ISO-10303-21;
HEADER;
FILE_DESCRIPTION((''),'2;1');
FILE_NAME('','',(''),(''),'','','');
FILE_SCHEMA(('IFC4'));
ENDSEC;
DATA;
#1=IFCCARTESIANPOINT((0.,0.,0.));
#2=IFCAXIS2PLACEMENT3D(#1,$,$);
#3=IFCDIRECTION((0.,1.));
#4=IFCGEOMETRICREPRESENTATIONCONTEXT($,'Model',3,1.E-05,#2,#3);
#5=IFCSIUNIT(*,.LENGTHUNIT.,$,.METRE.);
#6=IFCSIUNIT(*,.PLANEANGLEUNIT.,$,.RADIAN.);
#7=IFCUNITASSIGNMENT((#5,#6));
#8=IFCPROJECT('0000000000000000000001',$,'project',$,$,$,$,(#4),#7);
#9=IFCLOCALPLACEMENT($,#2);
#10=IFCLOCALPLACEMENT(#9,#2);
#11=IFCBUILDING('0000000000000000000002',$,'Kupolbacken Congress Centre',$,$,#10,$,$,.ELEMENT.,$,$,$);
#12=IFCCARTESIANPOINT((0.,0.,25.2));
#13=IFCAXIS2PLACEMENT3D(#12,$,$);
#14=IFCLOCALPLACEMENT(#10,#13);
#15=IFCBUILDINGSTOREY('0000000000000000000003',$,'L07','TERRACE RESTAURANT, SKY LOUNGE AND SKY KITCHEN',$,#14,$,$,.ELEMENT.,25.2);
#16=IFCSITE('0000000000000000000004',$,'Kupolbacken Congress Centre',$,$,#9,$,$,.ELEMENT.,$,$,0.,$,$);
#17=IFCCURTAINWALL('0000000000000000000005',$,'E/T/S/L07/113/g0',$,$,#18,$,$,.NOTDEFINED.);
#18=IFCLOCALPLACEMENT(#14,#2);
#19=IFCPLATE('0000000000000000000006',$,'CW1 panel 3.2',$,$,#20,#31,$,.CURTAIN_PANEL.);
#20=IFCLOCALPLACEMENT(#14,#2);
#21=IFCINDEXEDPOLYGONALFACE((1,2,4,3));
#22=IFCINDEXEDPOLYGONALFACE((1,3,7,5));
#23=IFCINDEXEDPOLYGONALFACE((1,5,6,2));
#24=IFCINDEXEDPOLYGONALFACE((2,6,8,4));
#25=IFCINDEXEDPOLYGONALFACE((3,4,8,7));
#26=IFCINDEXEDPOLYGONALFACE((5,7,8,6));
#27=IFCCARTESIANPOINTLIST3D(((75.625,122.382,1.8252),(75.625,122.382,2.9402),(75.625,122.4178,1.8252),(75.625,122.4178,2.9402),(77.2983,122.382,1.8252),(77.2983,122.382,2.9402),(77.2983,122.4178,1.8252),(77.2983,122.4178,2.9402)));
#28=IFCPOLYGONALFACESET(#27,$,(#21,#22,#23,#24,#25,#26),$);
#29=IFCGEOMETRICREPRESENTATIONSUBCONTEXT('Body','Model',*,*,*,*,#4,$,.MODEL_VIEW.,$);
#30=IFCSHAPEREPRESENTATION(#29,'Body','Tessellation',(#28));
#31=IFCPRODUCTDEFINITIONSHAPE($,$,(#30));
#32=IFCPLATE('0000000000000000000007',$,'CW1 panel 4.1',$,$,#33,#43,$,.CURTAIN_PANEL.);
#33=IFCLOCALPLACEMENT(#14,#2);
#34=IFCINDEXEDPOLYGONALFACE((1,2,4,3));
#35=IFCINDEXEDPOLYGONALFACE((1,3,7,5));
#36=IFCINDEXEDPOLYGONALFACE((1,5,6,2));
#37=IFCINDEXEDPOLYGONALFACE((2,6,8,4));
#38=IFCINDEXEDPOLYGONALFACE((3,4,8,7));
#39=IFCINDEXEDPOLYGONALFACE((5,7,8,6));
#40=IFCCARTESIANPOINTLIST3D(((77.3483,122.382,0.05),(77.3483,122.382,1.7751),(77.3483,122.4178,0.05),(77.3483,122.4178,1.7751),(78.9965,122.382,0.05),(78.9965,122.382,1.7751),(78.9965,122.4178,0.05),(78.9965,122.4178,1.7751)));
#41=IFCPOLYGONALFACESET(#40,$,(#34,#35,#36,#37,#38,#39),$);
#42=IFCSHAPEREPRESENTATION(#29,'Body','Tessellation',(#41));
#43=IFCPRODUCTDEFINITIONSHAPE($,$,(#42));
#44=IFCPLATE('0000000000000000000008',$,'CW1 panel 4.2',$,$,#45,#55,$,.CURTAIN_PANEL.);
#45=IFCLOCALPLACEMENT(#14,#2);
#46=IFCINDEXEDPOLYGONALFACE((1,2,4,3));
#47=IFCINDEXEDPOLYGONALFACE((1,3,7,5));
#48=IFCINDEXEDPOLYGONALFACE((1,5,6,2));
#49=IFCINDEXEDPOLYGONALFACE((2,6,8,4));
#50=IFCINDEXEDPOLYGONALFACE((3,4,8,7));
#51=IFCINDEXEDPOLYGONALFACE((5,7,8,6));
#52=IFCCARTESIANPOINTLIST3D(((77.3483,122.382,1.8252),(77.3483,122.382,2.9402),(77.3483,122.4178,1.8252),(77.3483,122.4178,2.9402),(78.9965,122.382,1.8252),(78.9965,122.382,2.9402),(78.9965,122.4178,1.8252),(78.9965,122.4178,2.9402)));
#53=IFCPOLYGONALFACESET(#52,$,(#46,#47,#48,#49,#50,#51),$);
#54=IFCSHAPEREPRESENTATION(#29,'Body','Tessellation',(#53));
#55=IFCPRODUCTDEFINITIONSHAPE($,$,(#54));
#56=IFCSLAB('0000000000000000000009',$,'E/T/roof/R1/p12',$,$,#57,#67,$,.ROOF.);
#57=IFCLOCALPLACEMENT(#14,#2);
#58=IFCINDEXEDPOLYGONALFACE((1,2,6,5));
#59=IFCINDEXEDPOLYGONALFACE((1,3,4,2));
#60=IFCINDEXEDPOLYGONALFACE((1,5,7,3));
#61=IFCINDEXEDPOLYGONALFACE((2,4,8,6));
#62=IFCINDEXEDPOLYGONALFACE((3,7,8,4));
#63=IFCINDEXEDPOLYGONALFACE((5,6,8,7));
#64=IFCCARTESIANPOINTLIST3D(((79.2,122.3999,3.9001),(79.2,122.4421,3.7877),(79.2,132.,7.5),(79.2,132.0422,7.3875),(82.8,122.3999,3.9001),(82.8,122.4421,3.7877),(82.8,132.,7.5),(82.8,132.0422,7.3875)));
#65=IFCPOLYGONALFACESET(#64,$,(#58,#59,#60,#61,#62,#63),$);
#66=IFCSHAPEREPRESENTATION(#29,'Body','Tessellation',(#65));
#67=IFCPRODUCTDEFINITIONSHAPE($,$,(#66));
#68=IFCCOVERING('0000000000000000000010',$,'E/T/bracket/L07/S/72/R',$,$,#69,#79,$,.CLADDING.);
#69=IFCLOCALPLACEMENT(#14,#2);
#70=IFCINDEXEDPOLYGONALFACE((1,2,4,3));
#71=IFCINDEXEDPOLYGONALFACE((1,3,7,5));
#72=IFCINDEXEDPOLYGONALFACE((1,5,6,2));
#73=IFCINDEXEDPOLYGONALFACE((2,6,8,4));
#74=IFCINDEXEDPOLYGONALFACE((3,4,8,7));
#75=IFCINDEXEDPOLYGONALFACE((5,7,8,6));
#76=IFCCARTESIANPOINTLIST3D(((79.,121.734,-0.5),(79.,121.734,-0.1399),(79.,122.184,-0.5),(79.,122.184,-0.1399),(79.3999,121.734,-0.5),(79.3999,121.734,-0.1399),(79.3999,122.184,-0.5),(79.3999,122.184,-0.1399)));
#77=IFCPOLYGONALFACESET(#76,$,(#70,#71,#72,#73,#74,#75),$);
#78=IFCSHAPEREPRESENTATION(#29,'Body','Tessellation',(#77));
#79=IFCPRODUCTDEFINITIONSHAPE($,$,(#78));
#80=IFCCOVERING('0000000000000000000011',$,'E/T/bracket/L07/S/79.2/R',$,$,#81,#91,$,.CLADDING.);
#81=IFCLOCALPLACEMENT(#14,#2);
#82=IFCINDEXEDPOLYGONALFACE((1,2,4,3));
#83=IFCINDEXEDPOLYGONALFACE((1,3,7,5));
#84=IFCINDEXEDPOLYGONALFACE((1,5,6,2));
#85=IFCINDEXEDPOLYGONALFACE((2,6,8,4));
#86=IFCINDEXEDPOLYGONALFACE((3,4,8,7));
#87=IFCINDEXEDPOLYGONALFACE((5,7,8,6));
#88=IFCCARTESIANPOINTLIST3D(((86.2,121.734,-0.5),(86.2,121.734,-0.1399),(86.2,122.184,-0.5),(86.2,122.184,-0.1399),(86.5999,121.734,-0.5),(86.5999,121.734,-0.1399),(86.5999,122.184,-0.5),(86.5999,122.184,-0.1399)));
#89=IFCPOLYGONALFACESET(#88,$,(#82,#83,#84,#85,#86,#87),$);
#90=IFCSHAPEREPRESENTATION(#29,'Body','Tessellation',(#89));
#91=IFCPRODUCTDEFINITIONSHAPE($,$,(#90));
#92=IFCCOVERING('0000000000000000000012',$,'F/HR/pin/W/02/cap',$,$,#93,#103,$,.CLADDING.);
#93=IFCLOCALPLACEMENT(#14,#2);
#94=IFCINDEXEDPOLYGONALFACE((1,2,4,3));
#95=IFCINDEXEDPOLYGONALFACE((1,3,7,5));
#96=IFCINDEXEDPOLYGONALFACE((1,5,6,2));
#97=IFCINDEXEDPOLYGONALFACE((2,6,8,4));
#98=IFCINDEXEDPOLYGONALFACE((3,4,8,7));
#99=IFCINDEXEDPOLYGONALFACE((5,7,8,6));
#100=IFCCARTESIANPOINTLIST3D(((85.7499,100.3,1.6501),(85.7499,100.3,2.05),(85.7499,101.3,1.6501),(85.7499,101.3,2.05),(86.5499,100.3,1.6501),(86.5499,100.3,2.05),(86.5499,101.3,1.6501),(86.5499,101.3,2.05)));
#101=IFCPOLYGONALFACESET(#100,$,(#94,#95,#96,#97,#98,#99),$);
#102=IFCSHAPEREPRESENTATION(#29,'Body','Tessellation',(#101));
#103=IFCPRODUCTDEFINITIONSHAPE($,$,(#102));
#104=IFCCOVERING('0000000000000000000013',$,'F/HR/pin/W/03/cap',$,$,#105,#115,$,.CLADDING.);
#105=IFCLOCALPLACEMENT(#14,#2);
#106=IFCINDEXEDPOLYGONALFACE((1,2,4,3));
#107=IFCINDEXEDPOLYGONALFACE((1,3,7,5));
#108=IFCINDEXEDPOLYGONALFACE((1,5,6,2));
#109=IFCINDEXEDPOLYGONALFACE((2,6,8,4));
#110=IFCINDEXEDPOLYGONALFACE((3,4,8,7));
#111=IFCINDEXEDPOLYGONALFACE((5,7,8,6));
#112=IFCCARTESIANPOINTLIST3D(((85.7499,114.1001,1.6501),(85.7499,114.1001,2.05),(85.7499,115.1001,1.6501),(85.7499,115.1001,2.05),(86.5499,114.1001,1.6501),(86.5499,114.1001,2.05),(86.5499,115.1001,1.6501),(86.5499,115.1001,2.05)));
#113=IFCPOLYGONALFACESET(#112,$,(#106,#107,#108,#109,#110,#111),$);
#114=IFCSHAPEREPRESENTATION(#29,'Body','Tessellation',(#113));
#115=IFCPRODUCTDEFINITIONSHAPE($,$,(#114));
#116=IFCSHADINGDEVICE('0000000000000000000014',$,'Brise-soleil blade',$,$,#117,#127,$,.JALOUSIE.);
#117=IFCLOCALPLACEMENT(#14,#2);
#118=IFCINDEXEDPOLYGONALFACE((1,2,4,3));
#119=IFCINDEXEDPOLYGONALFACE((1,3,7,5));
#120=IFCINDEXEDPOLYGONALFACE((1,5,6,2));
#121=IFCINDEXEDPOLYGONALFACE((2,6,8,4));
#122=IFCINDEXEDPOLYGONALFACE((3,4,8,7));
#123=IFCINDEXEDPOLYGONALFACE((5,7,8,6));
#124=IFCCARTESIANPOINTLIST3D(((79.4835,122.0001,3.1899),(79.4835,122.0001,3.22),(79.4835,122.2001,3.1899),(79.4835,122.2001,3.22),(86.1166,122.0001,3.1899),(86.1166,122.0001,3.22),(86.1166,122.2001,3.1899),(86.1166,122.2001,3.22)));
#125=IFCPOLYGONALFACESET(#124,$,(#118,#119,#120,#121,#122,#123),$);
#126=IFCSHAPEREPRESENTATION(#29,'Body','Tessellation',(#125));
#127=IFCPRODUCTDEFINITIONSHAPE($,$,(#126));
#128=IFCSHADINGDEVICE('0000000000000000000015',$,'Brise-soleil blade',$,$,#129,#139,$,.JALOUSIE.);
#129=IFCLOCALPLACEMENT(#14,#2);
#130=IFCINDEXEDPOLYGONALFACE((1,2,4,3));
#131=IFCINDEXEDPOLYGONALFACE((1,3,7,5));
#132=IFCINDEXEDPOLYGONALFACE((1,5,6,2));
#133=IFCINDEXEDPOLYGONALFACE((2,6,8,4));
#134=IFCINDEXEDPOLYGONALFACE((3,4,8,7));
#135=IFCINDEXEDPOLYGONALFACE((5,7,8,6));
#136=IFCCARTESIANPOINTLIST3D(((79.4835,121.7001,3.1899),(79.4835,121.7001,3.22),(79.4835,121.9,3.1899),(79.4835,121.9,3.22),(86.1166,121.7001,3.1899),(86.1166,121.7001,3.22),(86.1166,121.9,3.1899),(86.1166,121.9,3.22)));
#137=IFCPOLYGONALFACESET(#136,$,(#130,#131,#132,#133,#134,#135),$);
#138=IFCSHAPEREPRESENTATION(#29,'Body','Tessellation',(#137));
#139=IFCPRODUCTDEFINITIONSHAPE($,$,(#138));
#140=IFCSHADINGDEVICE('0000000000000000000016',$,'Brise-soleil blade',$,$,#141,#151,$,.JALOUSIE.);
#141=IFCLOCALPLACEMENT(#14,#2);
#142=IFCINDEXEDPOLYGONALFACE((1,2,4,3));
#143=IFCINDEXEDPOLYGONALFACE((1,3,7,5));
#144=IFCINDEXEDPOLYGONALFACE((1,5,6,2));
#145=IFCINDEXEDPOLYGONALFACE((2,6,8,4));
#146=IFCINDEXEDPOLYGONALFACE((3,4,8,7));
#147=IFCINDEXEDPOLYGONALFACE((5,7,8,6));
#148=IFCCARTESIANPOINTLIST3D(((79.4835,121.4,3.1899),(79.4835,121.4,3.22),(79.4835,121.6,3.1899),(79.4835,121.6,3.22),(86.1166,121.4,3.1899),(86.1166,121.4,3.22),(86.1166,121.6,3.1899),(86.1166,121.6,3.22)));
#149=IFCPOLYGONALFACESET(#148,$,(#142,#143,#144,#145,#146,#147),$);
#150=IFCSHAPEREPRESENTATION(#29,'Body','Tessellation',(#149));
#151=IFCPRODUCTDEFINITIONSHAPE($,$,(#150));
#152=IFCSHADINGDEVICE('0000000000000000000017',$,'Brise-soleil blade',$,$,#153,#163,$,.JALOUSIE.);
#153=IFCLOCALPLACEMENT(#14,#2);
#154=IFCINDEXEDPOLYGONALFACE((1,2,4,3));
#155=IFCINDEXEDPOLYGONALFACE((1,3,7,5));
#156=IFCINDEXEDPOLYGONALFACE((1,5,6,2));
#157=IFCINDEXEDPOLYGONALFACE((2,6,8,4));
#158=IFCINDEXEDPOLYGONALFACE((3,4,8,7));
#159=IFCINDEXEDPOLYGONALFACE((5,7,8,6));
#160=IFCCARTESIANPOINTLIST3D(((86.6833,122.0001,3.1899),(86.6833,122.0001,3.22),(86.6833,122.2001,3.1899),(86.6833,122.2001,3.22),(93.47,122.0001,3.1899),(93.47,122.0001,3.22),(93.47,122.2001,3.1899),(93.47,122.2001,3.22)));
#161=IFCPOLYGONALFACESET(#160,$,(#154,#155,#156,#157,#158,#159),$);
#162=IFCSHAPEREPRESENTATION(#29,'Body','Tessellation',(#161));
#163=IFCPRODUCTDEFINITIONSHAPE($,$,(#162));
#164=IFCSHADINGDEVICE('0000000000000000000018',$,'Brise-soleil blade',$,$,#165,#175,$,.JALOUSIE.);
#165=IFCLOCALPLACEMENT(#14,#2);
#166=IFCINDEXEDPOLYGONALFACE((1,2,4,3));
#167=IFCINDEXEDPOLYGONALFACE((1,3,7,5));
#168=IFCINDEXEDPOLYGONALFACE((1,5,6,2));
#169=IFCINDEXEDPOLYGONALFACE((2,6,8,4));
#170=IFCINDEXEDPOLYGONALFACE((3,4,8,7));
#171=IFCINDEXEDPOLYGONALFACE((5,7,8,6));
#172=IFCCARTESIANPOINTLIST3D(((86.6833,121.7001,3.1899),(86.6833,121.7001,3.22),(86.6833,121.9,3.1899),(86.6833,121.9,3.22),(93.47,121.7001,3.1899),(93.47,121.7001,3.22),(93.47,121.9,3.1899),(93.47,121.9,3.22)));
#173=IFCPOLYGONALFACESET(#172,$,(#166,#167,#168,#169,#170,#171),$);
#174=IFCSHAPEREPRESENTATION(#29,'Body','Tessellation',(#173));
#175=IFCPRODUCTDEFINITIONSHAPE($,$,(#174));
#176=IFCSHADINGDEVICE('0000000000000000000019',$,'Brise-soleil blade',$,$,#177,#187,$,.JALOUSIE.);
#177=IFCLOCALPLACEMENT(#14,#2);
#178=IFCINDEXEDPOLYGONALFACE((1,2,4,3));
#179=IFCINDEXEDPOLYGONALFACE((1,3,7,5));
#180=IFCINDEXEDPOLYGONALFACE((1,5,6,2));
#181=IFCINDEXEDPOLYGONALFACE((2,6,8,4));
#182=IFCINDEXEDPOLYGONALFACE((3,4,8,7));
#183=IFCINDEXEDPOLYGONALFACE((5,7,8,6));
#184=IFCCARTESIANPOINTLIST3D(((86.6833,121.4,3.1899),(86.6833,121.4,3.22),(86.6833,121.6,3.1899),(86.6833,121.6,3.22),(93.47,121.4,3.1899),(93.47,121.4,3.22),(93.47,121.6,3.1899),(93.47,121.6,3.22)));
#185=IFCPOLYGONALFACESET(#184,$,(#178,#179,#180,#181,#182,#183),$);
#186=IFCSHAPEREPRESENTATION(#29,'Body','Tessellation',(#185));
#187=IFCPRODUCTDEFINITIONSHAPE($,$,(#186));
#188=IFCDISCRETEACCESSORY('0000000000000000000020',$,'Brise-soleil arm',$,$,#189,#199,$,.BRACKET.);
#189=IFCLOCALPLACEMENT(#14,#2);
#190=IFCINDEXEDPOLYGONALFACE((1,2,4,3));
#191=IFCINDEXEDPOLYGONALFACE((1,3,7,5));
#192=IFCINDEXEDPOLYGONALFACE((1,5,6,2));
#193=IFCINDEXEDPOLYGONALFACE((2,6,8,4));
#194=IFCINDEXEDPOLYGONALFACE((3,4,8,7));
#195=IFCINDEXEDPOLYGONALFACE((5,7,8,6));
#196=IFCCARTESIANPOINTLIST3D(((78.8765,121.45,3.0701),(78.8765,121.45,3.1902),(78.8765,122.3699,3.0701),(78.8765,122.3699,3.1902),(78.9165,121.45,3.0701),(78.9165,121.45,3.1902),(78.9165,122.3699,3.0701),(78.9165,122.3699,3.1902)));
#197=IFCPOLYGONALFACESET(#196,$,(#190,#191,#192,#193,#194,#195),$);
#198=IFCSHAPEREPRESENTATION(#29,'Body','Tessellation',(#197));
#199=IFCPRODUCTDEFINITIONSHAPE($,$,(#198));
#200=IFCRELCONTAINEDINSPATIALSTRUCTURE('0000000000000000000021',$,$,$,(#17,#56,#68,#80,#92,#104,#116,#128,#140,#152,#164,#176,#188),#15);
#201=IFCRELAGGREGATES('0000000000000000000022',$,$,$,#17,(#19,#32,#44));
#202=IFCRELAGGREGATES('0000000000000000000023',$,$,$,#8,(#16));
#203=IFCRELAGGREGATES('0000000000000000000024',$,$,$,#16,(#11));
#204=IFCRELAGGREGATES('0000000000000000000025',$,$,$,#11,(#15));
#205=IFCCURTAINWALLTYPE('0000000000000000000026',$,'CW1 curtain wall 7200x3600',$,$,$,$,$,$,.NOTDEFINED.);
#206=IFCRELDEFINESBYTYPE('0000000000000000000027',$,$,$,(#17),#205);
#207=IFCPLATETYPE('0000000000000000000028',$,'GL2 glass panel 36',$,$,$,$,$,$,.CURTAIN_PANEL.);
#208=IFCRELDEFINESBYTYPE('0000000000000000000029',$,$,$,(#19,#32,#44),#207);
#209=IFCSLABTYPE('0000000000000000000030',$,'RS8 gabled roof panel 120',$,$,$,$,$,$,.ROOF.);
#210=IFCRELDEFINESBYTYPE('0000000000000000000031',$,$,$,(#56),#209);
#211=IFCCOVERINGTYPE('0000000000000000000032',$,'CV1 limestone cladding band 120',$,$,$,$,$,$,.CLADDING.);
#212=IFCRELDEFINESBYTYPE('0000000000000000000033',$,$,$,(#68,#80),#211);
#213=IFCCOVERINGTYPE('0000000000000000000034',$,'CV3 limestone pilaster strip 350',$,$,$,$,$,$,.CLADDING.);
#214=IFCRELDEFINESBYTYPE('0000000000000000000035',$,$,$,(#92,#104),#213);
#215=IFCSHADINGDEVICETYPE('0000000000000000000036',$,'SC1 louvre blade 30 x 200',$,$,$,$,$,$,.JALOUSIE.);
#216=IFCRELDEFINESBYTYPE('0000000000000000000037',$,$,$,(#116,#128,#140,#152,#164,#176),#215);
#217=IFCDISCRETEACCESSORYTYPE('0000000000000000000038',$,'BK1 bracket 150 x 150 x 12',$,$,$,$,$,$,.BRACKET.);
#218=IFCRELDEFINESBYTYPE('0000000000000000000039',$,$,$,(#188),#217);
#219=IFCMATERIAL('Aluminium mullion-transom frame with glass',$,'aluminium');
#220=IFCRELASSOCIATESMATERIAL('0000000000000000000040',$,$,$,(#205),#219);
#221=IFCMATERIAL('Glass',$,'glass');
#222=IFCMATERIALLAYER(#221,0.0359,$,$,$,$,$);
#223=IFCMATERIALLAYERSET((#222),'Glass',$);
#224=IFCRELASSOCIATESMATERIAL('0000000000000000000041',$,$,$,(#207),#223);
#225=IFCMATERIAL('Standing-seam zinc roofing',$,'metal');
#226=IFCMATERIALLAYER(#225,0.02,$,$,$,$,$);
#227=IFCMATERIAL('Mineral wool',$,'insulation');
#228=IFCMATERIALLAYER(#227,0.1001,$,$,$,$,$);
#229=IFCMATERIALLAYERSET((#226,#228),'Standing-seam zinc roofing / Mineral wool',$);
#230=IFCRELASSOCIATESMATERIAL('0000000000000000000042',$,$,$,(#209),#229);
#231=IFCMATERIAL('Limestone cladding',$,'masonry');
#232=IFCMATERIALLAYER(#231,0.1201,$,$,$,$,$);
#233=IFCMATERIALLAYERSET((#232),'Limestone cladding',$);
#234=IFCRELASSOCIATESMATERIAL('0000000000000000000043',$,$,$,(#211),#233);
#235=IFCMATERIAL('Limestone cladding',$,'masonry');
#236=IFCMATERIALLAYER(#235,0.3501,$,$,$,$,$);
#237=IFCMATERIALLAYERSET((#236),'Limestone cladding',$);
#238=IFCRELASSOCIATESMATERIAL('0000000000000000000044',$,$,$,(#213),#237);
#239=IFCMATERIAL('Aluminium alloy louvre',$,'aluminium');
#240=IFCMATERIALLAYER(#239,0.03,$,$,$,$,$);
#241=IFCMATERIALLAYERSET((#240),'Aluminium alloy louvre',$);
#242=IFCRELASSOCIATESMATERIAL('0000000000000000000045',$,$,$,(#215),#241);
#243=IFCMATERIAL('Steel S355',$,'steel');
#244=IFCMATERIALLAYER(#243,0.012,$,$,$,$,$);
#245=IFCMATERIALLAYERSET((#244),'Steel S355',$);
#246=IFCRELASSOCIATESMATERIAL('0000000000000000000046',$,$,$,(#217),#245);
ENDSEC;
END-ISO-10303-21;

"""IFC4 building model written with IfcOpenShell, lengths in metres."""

from ifc_helpers import new_model, si_unit, direction, frame, origin, origin_2d, place, context, subcontext, project, spatial, polyline, rectangle, outline, extrude, material, layer, layer_set, type_object, element, aggregate, save


model = new_model("IFC4")

# Units and contexts
model_context = context("Model", 3, precision=1e-05, world=origin(), true_north=direction((0.0, 1.0)))
body_context = subcontext(model_context, "Body", "Model", "MODEL_VIEW")
ifc_project = project(units=[si_unit("LENGTHUNIT", "METRE"), si_unit("PLANEANGLEUNIT", "RADIAN")], contexts=[model_context])

# Site, building, storey
site_placement = place(None, origin())
site = spatial("IfcSite", under=ifc_project, at=site_placement, Name="Kupolbacken Congress Centre", CompositionType="ELEMENT", RefElevation=0.0)
building_placement = place(site_placement, origin())
building = spatial("IfcBuilding", under=site, at=building_placement, Name="Kupolbacken Congress Centre", CompositionType="ELEMENT")
storey_placement = place(building_placement, frame((0.0, 0.0, 25.2)))
storey = spatial("IfcBuildingStorey", under=building, at=storey_placement, Name="L07", Description="TERRACE RESTAURANT, SKY LOUNGE AND SKY KITCHEN", CompositionType="ELEMENT", Elevation=25.2)

# Curtain wall
ifc_material_1 = material(Name="Aluminium mullion-transom frame with glass", Category="aluminium")
curtain_wall_type = type_object("IfcCurtainWallType", Name="CW1 curtain wall 7200x3600", PredefinedType="NOTDEFINED", material=ifc_material_1)
curtain_wall_1_placement = place(storey_placement, origin())
curtain_wall_1 = element("IfcCurtainWall", 1, at=curtain_wall_1_placement, inside=storey, type_object=curtain_wall_type, Name="E/T/S/L07/113/g0", PredefinedType="NOTDEFINED")

# Plates
ifc_material_2 = material(Name="Glass", Category="glass")
ifc_layer_1 = layer(ifc_material_2, 0.0359)
ifc_layer_set_1 = layer_set([ifc_layer_1], Name="Glass")
plate_type = type_object("IfcPlateType", Name="GL2 glass panel 36", PredefinedType="CURTAIN_PANEL", material=ifc_layer_set_1)
plate_1_placement = place(storey_placement, frame((76.4617, 122.3999, 1.8252), z_axis=(0.0, 0.0, 1.0), x_axis=(1.0, 0.0, 0.0)))
plate_1 = element("IfcPlate", 2, at=plate_1_placement, type_object=plate_type, Name="CW1 panel 3.2", PredefinedType="CURTAIN_PANEL", context=body_context, shape_type="SweptSolid", body=[
    extrude(rectangle(XDim=1.6733, YDim=0.0359, at=origin_2d()), origin(), (0.0, 0.0, 1.0), 1.115),
])
plate_2_placement = place(storey_placement, frame((78.1724, 122.3999, 0.05), z_axis=(0.0, 0.0, 1.0), x_axis=(1.0, 0.0, 0.0)))
plate_2 = element("IfcPlate", 3, at=plate_2_placement, type_object=plate_type, Name="CW1 panel 4.1", PredefinedType="CURTAIN_PANEL", context=body_context, shape_type="SweptSolid", body=[
    extrude(rectangle(XDim=1.6482, YDim=0.0359, at=origin_2d()), origin(), (0.0, 0.0, 1.0), 1.7251),
])
plate_3_placement = place(storey_placement, frame((78.1724, 122.3999, 1.8252), z_axis=(0.0, 0.0, 1.0), x_axis=(1.0, 0.0, 0.0)))
plate_3 = element("IfcPlate", 4, at=plate_3_placement, type_object=plate_type, Name="CW1 panel 4.2", PredefinedType="CURTAIN_PANEL", context=body_context, shape_type="SweptSolid", body=[
    extrude(rectangle(XDim=1.6482, YDim=0.0359, at=origin_2d()), origin(), (0.0, 0.0, 1.0), 1.115),
])
aggregate(curtain_wall_1, [plate_1, plate_2, plate_3])

# Slab
ifc_material_3 = material(Name="Standing-seam zinc roofing", Category="metal")
ifc_layer_2 = layer(ifc_material_3, 0.02)
ifc_material_4 = material(Name="Mineral wool", Category="insulation")
ifc_layer_3 = layer(ifc_material_4, 0.1001)
ifc_layer_set_2 = layer_set([ifc_layer_2, ifc_layer_3], Name="Standing-seam zinc roofing / Mineral wool")
slab_type = type_object("IfcSlabType", Name="RS8 gabled roof panel 120", PredefinedType="ROOF", material=ifc_layer_set_2)
slab_placement = place(storey_placement, frame((79.2, 122.3999, 3.9001), z_axis=(0.0, -0.351108, 0.936335), x_axis=(1.0, 0.0, 0.0)))
element("IfcSlab", 5, at=slab_placement, inside=storey, type_object=slab_type, Name="E/T/roof/R1/p12", PredefinedType="ROOF", context=body_context, shape_type="SweptSolid", body=[
    extrude(outline(polyline([(0.0, 0.0), (3.6001, 0.0), (3.6001, 10.2528), (0.0, 10.2528), (0.0, 0.0)])), origin(), (0.0, 0.0, -1.0), 0.1201),
])

# Coverings
ifc_material_5 = material(Name="Limestone cladding", Category="masonry")
ifc_layer_4 = layer(ifc_material_5, 0.1201)
ifc_layer_set_3 = layer_set([ifc_layer_4], Name="Limestone cladding")
covering_type_1 = type_object("IfcCoveringType", Name="CV1 limestone cladding band 120", PredefinedType="CLADDING", material=ifc_layer_set_3)
for number, where, z_axis, x_axis, name in (
    (6, (79.2, 121.959, -0.5), (0.0, 0.0, 1.0), (1.0, 0.0, 0.0), "E/T/bracket/L07/S/72/R"),
    (7, (86.3999, 121.959, -0.5), (0.0, 0.0, 1.0), (1.0, 0.0, 0.0), "E/T/bracket/L07/S/79.2/R"),
):
    element("IfcCovering", number, at=place(storey_placement, frame(where, z_axis=z_axis, x_axis=x_axis)), inside=storey, type_object=covering_type_1, Name=name, PredefinedType="CLADDING", context=body_context, shape_type="SweptSolid", body=[
        extrude(rectangle(XDim=0.3999, YDim=0.45, at=origin_2d()), origin(), (0.0, 0.0, 1.0), 0.3601),
    ])
ifc_material_6 = material(Name="Limestone cladding", Category="masonry")
ifc_layer_5 = layer(ifc_material_6, 0.3501)
ifc_layer_set_4 = layer_set([ifc_layer_5], Name="Limestone cladding")
covering_type_2 = type_object("IfcCoveringType", Name="CV3 limestone pilaster strip 350", PredefinedType="CLADDING", material=ifc_layer_set_4)
for number, where, z_axis, x_axis, name in (
    (8, (86.1499, 100.8, 1.6501), (0.0, 0.0, 1.0), (0.0, 1.0, 0.0), "F/HR/pin/W/02/cap"),
    (9, (86.1499, 114.6001, 1.6501), (0.0, 0.0, 1.0), (0.0, 1.0, 0.0), "F/HR/pin/W/03/cap"),
):
    element("IfcCovering", number, at=place(storey_placement, frame(where, z_axis=z_axis, x_axis=x_axis)), inside=storey, type_object=covering_type_2, Name=name, PredefinedType="CLADDING", context=body_context, shape_type="SweptSolid", body=[
        extrude(rectangle(XDim=1.0, YDim=0.8, at=origin_2d()), origin(), (0.0, 0.0, 1.0), 0.3999),
    ])

# Shading devices
ifc_material_7 = material(Name="Aluminium alloy louvre", Category="aluminium")
ifc_layer_6 = layer(ifc_material_7, 0.03)
ifc_layer_set_5 = layer_set([ifc_layer_6], Name="Aluminium alloy louvre")
shading_device_type = type_object("IfcShadingDeviceType", Name="SC1 louvre blade 30 x 200", PredefinedType="JALOUSIE", material=ifc_layer_set_5)
for number, where, z_axis, x_axis, name in (
    (10, (82.8, 122.1001, 3.1899), (0.0, 0.0, 1.0), (1.0, 0.0, 0.0), "Brise-soleil blade"),
    (11, (82.8, 121.8, 3.1899), (0.0, 0.0, 1.0), (1.0, 0.0, 0.0), "Brise-soleil blade"),
    (12, (82.8, 121.5, 3.1899), (0.0, 0.0, 1.0), (1.0, 0.0, 0.0), "Brise-soleil blade"),
):
    element("IfcShadingDevice", number, at=place(storey_placement, frame(where, z_axis=z_axis, x_axis=x_axis)), inside=storey, type_object=shading_device_type, Name=name, PredefinedType="JALOUSIE", context=body_context, shape_type="SweptSolid", body=[
        extrude(rectangle(XDim=6.6331, YDim=0.2, at=origin_2d()), origin(), (0.0, 0.0, 1.0), 0.03),
    ])
for number, where, z_axis, x_axis, name in (
    (13, (90.0767, 122.1001, 3.1899), (0.0, 0.0, 1.0), (1.0, 0.0, 0.0), "Brise-soleil blade"),
    (14, (90.0767, 121.8, 3.1899), (0.0, 0.0, 1.0), (1.0, 0.0, 0.0), "Brise-soleil blade"),
    (15, (90.0767, 121.5, 3.1899), (0.0, 0.0, 1.0), (1.0, 0.0, 0.0), "Brise-soleil blade"),
):
    element("IfcShadingDevice", number, at=place(storey_placement, frame(where, z_axis=z_axis, x_axis=x_axis)), inside=storey, type_object=shading_device_type, Name=name, PredefinedType="JALOUSIE", context=body_context, shape_type="SweptSolid", body=[
        extrude(rectangle(XDim=6.7866, YDim=0.2, at=origin_2d()), origin(), (0.0, 0.0, 1.0), 0.03),
    ])

# Discrete accessory
ifc_material_8 = material(Name="Steel S355", Category="steel")
ifc_layer_7 = layer(ifc_material_8, 0.012)
ifc_layer_set_6 = layer_set([ifc_layer_7], Name="Steel S355")
discrete_accessory_type = type_object("IfcDiscreteAccessoryType", Name="BK1 bracket 150 x 150 x 12", PredefinedType="BRACKET", material=ifc_layer_set_6)
for number, where, z_axis, x_axis, name in (
    (16, (78.8965, 121.9099, 3.0701), (0.0, 0.0, 1.0), (1.0, 0.0, 0.0), "Brise-soleil arm"),
):
    element("IfcDiscreteAccessory", number, at=place(storey_placement, frame(where, z_axis=z_axis, x_axis=x_axis)), inside=storey, type_object=discrete_accessory_type, Name=name, PredefinedType="BRACKET", context=body_context, shape_type="SweptSolid", body=[
        extrude(rectangle(XDim=0.04, YDim=0.9199, at=origin_2d()), origin(), (0.0, 0.0, 1.0), 0.1201),
    ])

save(model, "model.ifc")
